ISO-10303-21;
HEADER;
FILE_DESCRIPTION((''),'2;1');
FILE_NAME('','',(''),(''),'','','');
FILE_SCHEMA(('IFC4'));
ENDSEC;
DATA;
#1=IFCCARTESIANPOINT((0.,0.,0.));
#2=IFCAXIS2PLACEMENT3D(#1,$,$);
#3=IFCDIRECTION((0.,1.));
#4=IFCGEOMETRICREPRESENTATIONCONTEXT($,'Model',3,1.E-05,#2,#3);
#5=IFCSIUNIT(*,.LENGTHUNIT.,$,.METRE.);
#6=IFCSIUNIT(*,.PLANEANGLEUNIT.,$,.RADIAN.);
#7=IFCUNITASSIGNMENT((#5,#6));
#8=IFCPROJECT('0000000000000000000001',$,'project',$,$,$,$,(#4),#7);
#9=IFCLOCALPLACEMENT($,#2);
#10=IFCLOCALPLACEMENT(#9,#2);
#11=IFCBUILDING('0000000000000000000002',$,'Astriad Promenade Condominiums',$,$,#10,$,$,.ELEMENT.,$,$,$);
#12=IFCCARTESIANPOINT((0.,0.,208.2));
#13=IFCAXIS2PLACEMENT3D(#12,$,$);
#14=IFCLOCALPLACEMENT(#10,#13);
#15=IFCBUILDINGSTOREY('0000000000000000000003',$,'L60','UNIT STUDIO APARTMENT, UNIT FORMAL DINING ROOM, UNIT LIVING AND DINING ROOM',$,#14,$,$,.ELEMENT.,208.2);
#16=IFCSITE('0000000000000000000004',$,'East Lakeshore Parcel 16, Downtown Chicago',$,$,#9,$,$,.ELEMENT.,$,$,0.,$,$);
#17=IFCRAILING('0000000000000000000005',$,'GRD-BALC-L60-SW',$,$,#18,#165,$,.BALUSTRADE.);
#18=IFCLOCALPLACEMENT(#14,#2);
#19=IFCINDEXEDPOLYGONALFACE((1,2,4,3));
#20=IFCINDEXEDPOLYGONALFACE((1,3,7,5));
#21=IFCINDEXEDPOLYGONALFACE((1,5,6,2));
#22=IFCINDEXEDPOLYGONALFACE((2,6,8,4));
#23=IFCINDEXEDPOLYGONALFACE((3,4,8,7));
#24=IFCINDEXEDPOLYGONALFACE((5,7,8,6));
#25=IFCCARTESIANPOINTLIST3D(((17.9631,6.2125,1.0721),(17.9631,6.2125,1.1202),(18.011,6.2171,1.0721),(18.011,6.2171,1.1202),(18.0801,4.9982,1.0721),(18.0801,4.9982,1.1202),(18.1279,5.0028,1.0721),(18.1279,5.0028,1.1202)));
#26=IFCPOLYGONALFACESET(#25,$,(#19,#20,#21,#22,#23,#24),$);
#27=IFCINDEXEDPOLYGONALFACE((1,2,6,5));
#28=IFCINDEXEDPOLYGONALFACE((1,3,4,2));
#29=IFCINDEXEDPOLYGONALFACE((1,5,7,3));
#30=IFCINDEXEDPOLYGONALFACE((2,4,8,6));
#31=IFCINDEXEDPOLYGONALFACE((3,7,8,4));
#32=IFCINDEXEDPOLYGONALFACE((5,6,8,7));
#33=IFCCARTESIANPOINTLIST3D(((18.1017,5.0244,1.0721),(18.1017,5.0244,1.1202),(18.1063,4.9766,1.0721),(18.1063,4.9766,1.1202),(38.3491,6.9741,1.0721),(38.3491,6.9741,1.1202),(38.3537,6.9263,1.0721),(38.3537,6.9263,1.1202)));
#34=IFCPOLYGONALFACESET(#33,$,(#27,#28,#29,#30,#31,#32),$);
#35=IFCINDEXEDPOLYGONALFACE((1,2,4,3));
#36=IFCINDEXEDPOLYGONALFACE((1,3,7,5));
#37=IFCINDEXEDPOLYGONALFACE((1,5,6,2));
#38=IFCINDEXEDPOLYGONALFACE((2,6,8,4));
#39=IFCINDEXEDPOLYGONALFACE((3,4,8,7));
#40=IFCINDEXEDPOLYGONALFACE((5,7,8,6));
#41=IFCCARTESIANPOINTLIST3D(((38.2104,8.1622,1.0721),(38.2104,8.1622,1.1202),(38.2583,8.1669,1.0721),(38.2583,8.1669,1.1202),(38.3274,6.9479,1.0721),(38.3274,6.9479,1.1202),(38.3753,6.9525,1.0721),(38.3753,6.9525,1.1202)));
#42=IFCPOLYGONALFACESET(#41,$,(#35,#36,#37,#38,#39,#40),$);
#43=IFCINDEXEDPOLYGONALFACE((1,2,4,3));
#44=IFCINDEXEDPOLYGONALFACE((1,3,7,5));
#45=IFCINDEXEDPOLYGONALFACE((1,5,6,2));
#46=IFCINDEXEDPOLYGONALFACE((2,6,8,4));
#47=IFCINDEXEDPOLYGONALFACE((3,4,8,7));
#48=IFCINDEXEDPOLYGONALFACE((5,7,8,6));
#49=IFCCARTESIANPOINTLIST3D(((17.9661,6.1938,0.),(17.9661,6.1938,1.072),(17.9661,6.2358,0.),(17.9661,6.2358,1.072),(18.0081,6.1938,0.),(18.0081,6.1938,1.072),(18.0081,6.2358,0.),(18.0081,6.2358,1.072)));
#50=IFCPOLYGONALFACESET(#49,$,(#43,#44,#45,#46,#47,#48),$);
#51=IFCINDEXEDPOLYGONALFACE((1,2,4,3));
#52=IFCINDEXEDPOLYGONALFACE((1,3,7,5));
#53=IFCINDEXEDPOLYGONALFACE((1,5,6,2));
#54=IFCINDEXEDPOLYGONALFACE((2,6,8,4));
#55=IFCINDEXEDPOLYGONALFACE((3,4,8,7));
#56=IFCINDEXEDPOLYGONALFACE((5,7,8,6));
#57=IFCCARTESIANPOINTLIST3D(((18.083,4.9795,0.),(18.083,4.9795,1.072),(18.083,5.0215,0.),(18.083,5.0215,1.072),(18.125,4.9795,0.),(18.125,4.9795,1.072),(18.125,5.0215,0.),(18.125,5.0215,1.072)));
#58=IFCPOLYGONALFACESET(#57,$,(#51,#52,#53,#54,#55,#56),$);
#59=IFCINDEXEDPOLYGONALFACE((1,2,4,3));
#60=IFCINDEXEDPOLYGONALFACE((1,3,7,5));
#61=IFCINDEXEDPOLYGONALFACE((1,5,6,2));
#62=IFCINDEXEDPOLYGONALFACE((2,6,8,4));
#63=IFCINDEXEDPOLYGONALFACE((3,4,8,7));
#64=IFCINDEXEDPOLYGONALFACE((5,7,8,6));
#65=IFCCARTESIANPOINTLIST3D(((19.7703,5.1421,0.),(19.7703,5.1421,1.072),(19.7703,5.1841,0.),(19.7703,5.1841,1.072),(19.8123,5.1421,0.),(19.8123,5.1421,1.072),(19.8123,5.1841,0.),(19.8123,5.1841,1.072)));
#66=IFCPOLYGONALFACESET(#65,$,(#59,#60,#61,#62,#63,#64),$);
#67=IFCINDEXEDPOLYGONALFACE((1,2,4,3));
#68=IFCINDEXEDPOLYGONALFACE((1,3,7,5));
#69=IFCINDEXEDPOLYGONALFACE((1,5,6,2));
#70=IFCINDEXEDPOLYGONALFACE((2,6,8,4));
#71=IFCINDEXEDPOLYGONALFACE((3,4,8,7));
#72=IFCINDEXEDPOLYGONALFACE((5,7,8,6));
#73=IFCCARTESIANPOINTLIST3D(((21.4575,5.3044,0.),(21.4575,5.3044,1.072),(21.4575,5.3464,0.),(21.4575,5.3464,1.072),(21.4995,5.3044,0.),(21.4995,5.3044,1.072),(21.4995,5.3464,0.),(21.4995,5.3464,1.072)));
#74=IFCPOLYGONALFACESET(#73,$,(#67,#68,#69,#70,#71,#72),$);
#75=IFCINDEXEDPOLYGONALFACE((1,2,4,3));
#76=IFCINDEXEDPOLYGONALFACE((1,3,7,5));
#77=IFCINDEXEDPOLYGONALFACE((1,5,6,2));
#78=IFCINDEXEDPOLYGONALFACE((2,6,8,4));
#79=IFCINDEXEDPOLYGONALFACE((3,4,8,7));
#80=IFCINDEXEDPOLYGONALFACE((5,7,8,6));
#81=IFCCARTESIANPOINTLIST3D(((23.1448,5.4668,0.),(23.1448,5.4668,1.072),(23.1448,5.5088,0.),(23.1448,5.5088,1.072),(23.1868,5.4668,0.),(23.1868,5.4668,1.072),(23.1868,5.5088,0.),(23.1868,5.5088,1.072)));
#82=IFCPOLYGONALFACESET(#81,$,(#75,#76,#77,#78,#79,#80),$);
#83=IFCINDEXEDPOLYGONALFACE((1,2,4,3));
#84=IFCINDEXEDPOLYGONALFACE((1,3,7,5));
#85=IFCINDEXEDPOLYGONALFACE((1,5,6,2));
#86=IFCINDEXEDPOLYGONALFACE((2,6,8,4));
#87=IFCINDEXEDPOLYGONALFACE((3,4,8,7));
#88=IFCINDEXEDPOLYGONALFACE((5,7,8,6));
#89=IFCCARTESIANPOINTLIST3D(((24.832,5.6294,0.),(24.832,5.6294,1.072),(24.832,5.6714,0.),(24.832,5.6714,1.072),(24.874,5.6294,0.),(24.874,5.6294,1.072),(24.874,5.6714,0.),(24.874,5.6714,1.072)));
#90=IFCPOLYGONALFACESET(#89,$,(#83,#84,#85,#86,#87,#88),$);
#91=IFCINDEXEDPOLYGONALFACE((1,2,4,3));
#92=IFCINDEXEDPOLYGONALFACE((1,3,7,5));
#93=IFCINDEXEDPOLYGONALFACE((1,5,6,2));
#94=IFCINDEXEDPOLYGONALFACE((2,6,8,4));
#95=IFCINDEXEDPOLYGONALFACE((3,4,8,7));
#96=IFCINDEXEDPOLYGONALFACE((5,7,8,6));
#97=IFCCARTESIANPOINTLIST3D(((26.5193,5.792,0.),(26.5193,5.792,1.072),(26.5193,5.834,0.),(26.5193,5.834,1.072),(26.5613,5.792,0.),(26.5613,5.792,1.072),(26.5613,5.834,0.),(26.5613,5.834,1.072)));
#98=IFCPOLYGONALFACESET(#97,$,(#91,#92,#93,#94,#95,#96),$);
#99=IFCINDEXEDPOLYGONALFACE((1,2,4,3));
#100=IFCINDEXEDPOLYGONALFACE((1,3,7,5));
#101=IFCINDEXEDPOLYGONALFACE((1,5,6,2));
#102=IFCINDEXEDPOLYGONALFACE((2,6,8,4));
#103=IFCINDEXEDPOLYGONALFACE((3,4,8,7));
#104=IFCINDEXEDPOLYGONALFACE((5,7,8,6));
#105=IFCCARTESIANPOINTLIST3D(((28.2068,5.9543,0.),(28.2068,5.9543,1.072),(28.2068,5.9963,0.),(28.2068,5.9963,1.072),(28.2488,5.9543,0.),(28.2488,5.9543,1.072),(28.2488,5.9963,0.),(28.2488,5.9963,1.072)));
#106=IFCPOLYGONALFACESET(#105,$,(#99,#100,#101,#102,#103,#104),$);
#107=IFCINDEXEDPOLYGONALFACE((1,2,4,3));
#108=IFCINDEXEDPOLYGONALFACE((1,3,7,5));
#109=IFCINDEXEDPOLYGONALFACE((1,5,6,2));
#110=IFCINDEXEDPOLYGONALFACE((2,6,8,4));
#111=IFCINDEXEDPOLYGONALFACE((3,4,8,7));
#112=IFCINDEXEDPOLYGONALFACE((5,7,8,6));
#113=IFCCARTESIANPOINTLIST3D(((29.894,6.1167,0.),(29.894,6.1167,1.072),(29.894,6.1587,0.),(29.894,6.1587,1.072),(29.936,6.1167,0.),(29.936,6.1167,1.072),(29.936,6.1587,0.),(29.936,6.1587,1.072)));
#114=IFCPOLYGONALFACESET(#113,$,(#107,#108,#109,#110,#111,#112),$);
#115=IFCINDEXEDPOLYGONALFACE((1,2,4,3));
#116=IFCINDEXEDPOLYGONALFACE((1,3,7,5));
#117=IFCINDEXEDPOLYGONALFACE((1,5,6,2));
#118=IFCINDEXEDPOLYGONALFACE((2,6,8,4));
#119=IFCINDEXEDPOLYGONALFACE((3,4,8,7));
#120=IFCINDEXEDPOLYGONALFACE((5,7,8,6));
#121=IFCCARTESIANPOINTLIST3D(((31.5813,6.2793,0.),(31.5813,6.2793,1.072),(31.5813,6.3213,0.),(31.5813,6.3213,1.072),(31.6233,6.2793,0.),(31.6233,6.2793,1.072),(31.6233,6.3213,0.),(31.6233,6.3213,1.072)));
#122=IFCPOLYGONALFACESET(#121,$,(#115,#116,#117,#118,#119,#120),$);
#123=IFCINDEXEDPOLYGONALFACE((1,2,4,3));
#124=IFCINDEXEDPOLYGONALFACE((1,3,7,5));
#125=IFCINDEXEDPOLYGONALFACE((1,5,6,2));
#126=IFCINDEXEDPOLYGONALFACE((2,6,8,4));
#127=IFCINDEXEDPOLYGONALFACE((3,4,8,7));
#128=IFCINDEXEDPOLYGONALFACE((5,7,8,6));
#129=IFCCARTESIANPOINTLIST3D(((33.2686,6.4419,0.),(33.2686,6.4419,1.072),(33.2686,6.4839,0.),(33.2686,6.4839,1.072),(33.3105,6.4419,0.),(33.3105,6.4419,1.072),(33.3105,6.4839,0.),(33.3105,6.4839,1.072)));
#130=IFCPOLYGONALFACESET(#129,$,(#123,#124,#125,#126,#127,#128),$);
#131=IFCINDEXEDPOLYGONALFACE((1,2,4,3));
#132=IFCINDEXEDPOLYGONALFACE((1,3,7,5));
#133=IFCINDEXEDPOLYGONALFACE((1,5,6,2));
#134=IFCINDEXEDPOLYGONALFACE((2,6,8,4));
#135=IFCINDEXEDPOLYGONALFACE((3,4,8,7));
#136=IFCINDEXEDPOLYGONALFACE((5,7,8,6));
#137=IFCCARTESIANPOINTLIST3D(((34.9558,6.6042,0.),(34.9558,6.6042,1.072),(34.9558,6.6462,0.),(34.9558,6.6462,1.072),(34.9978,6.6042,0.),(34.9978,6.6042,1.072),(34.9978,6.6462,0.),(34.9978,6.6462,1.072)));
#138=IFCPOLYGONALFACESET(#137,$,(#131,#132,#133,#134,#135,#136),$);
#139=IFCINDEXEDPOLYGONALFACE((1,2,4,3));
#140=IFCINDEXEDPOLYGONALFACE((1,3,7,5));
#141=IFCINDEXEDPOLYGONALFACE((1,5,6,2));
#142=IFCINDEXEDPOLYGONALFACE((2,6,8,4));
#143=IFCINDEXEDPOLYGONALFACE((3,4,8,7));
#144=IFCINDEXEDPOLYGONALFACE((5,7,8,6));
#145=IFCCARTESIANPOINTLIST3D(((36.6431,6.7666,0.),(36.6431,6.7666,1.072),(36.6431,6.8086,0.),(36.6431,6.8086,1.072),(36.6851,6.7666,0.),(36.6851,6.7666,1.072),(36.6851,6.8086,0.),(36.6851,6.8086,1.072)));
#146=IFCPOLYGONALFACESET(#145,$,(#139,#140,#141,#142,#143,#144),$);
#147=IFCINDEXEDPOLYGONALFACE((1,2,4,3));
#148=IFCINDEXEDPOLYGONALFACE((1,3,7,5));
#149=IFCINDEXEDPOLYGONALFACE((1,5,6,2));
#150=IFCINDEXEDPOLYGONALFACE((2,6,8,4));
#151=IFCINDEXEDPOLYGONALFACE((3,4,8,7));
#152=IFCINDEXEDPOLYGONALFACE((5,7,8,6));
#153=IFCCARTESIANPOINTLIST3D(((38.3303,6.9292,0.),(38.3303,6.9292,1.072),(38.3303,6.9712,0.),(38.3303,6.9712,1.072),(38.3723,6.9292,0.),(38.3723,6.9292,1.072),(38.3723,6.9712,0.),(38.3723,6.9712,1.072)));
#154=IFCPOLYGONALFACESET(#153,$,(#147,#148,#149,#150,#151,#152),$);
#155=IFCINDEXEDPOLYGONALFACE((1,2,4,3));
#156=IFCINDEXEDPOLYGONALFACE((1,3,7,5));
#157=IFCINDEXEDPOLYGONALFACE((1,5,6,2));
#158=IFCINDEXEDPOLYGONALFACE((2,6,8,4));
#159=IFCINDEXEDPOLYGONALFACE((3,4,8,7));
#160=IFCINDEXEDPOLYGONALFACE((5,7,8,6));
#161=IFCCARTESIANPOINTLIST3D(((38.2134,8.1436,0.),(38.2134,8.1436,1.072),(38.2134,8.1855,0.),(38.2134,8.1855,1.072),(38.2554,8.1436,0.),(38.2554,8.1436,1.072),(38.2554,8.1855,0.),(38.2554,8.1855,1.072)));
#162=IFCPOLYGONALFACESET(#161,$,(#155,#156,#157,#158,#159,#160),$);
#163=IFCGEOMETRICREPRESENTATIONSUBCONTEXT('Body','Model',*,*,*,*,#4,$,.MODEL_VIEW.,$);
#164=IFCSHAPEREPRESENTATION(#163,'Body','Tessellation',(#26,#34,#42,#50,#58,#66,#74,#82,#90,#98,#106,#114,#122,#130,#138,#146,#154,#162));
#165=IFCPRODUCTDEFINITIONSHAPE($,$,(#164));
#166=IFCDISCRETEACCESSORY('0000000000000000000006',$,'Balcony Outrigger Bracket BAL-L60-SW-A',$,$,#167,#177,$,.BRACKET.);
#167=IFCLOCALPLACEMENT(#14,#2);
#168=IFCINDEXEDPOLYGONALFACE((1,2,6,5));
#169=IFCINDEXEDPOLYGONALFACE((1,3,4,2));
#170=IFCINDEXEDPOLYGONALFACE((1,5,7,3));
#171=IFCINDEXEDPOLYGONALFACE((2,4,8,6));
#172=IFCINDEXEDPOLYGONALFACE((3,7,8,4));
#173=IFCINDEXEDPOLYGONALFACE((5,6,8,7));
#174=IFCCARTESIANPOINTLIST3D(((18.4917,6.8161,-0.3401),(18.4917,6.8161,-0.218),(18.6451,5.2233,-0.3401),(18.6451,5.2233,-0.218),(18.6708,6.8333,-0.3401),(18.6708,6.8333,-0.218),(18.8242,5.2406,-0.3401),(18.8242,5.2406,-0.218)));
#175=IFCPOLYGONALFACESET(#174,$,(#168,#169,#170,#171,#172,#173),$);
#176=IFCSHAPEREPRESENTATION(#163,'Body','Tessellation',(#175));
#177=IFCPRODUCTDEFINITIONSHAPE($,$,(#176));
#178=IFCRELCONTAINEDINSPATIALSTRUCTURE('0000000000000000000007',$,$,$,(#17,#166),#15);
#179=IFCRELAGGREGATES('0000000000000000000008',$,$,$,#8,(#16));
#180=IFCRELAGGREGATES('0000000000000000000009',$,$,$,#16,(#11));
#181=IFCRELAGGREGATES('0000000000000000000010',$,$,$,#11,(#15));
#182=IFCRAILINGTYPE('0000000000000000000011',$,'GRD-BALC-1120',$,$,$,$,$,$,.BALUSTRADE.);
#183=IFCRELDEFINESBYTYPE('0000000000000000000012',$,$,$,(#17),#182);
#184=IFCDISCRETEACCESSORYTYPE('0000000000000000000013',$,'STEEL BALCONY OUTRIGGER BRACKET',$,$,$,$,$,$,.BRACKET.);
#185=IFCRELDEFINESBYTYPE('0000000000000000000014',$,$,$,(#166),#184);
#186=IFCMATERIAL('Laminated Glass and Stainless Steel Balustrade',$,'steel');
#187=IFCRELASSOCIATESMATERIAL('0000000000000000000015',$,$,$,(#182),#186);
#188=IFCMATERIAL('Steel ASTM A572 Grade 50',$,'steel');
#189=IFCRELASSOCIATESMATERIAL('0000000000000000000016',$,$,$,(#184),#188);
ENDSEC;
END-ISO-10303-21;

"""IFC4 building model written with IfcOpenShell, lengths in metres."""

from ifc_helpers import new_model, si_unit, direction, frame, origin, origin_2d, place, context, subcontext, project, spatial, rectangle, extrude, source, transform, mapped, material, type_object, type_shapes, element, save


model = new_model("IFC4")

# Units and contexts
model_context = context("Model", 3, precision=1e-05, world=origin(), true_north=direction((0.0, 1.0)))
body_context = subcontext(model_context, "Body", "Model", "MODEL_VIEW")
ifc_project = project(units=[si_unit("LENGTHUNIT", "METRE"), si_unit("PLANEANGLEUNIT", "RADIAN")], contexts=[model_context])

# Site, building, storey
site_placement = place(None, origin())
site = spatial("IfcSite", under=ifc_project, at=site_placement, Name="East Lakeshore Parcel 16, Downtown Chicago", CompositionType="ELEMENT", RefElevation=0.0)
building_placement = place(site_placement, origin())
building = spatial("IfcBuilding", under=site, at=building_placement, Name="Astriad Promenade Condominiums", CompositionType="ELEMENT")
storey_placement = place(building_placement, frame((0.0, 0.0, 208.2)))
storey = spatial("IfcBuildingStorey", under=building, at=storey_placement, Name="L60", Description="UNIT STUDIO APARTMENT, UNIT FORMAL DINING ROOM, UNIT LIVING AND DINING ROOM", CompositionType="ELEMENT", Elevation=208.2)

# Railing
ifc_material_1 = material(Name="Laminated Glass and Stainless Steel Balustrade", Category="steel")
railing_type = type_object("IfcRailingType", Name="GRD-BALC-1120", PredefinedType="BALUSTRADE", material=ifc_material_1)
shared_shape_1 = source(origin(), body_context, "Body", "SweptSolid", [
    extrude(rectangle(XDim=0.0481, YDim=0.0481, at=origin_2d()), frame((0.0, 0.0, 1.0962), z_axis=(0.095857, -0.995395, 0.0), x_axis=(0.995395, 0.095857, 0.0)), (0.0, 0.0, 1.0), 1.22),
    extrude(rectangle(XDim=0.0481, YDim=0.0481, at=origin_2d()), frame((0.1169, -1.2144, 1.0962), z_axis=(0.995396, 0.095851, 0.0), x_axis=(-0.095851, 0.995396, 0.0)), (0.0, 0.0, 1.0), 20.3411),
    extrude(rectangle(XDim=0.0481, YDim=0.0481, at=origin_2d()), frame((20.3643, 0.7354, 1.0962), z_axis=(-0.095857, 0.995395, 0.0), x_axis=(-0.995395, -0.095857, 0.0)), (0.0, 0.0, 1.0), 1.22),
    extrude(rectangle(XDim=0.042, YDim=0.042, at=origin_2d()), origin(), (0.0, 0.0, 1.0), 1.072),
    extrude(rectangle(XDim=0.042, YDim=0.042, at=origin_2d()), frame((0.1169, -1.2144, 0.0)), (0.0, 0.0, 1.0), 1.072),
    extrude(rectangle(XDim=0.042, YDim=0.042, at=origin_2d()), frame((1.8042, -1.0518, 0.0)), (0.0, 0.0, 1.0), 1.072),
    extrude(rectangle(XDim=0.042, YDim=0.042, at=origin_2d()), frame((3.4915, -0.8894, 0.0)), (0.0, 0.0, 1.0), 1.072),
    extrude(rectangle(XDim=0.042, YDim=0.042, at=origin_2d()), frame((5.1787, -0.7271, 0.0)), (0.0, 0.0, 1.0), 1.072),
    extrude(rectangle(XDim=0.042, YDim=0.042, at=origin_2d()), frame((6.866, -0.5645, 0.0)), (0.0, 0.0, 1.0), 1.072),
    extrude(rectangle(XDim=0.042, YDim=0.042, at=origin_2d()), frame((8.5532, -0.4019, 0.0)), (0.0, 0.0, 1.0), 1.072),
    extrude(rectangle(XDim=0.042, YDim=0.042, at=origin_2d()), frame((10.2407, -0.2395, 0.0)), (0.0, 0.0, 1.0), 1.072),
    extrude(rectangle(XDim=0.042, YDim=0.042, at=origin_2d()), frame((11.928, -0.0771, 0.0)), (0.0, 0.0, 1.0), 1.072),
    extrude(rectangle(XDim=0.042, YDim=0.042, at=origin_2d()), frame((13.6152, 0.0854, 0.0)), (0.0, 0.0, 1.0), 1.072),
    extrude(rectangle(XDim=0.042, YDim=0.042, at=origin_2d()), frame((15.3025, 0.248, 0.0)), (0.0, 0.0, 1.0), 1.072),
    extrude(rectangle(XDim=0.042, YDim=0.042, at=origin_2d()), frame((16.9897, 0.4104, 0.0)), (0.0, 0.0, 1.0), 1.072),
    extrude(rectangle(XDim=0.042, YDim=0.042, at=origin_2d()), frame((18.677, 0.5728, 0.0)), (0.0, 0.0, 1.0), 1.072),
    extrude(rectangle(XDim=0.042, YDim=0.042, at=origin_2d()), frame((20.3643, 0.7354, 0.0)), (0.0, 0.0, 1.0), 1.072),
    extrude(rectangle(XDim=0.042, YDim=0.042, at=origin_2d()), frame((20.2473, 1.9497, 0.0)), (0.0, 0.0, 1.0), 1.072),
])
type_shapes(railing_type, [shared_shape_1])
railing_placement = place(storey_placement, frame((17.9871, 6.2148, 0.0)))
element("IfcRailing", 1, at=railing_placement, inside=storey, type_object=railing_type, Name="GRD-BALC-L60-SW", PredefinedType="BALUSTRADE", context=body_context, shape_type="MappedRepresentation", body=[
    mapped(shared_shape_1, transform((0.0, 0.0, 0.0), scale=1.0)),
])

# Discrete accessory
ifc_material_2 = material(Name="Steel ASTM A572 Grade 50", Category="steel")
discrete_accessory_type = type_object("IfcDiscreteAccessoryType", Name="STEEL BALCONY OUTRIGGER BRACKET", PredefinedType="BRACKET", material=ifc_material_2)
shared_shape_2 = source(origin(), body_context, "Body", "SweptSolid", [
    extrude(rectangle(XDim=1.6001, YDim=0.1799, at=origin_2d()), origin(), (0.0, 0.0, 1.0), 0.1221),
])
type_shapes(discrete_accessory_type, [shared_shape_2])
discrete_accessory_placement = place(storey_placement, frame((18.658, 6.0283, -0.3401), z_axis=(0.0, 0.0, 1.0), x_axis=(0.095846, -0.995396, 0.0)))
element("IfcDiscreteAccessory", 2, at=discrete_accessory_placement, inside=storey, type_object=discrete_accessory_type, Name="Balcony Outrigger Bracket BAL-L60-SW-A", PredefinedType="BRACKET", context=body_context, shape_type="MappedRepresentation", body=[
    mapped(shared_shape_2, transform((0.0, 0.0, 0.0), scale=1.0)),
])

save(model, "model.ifc")
